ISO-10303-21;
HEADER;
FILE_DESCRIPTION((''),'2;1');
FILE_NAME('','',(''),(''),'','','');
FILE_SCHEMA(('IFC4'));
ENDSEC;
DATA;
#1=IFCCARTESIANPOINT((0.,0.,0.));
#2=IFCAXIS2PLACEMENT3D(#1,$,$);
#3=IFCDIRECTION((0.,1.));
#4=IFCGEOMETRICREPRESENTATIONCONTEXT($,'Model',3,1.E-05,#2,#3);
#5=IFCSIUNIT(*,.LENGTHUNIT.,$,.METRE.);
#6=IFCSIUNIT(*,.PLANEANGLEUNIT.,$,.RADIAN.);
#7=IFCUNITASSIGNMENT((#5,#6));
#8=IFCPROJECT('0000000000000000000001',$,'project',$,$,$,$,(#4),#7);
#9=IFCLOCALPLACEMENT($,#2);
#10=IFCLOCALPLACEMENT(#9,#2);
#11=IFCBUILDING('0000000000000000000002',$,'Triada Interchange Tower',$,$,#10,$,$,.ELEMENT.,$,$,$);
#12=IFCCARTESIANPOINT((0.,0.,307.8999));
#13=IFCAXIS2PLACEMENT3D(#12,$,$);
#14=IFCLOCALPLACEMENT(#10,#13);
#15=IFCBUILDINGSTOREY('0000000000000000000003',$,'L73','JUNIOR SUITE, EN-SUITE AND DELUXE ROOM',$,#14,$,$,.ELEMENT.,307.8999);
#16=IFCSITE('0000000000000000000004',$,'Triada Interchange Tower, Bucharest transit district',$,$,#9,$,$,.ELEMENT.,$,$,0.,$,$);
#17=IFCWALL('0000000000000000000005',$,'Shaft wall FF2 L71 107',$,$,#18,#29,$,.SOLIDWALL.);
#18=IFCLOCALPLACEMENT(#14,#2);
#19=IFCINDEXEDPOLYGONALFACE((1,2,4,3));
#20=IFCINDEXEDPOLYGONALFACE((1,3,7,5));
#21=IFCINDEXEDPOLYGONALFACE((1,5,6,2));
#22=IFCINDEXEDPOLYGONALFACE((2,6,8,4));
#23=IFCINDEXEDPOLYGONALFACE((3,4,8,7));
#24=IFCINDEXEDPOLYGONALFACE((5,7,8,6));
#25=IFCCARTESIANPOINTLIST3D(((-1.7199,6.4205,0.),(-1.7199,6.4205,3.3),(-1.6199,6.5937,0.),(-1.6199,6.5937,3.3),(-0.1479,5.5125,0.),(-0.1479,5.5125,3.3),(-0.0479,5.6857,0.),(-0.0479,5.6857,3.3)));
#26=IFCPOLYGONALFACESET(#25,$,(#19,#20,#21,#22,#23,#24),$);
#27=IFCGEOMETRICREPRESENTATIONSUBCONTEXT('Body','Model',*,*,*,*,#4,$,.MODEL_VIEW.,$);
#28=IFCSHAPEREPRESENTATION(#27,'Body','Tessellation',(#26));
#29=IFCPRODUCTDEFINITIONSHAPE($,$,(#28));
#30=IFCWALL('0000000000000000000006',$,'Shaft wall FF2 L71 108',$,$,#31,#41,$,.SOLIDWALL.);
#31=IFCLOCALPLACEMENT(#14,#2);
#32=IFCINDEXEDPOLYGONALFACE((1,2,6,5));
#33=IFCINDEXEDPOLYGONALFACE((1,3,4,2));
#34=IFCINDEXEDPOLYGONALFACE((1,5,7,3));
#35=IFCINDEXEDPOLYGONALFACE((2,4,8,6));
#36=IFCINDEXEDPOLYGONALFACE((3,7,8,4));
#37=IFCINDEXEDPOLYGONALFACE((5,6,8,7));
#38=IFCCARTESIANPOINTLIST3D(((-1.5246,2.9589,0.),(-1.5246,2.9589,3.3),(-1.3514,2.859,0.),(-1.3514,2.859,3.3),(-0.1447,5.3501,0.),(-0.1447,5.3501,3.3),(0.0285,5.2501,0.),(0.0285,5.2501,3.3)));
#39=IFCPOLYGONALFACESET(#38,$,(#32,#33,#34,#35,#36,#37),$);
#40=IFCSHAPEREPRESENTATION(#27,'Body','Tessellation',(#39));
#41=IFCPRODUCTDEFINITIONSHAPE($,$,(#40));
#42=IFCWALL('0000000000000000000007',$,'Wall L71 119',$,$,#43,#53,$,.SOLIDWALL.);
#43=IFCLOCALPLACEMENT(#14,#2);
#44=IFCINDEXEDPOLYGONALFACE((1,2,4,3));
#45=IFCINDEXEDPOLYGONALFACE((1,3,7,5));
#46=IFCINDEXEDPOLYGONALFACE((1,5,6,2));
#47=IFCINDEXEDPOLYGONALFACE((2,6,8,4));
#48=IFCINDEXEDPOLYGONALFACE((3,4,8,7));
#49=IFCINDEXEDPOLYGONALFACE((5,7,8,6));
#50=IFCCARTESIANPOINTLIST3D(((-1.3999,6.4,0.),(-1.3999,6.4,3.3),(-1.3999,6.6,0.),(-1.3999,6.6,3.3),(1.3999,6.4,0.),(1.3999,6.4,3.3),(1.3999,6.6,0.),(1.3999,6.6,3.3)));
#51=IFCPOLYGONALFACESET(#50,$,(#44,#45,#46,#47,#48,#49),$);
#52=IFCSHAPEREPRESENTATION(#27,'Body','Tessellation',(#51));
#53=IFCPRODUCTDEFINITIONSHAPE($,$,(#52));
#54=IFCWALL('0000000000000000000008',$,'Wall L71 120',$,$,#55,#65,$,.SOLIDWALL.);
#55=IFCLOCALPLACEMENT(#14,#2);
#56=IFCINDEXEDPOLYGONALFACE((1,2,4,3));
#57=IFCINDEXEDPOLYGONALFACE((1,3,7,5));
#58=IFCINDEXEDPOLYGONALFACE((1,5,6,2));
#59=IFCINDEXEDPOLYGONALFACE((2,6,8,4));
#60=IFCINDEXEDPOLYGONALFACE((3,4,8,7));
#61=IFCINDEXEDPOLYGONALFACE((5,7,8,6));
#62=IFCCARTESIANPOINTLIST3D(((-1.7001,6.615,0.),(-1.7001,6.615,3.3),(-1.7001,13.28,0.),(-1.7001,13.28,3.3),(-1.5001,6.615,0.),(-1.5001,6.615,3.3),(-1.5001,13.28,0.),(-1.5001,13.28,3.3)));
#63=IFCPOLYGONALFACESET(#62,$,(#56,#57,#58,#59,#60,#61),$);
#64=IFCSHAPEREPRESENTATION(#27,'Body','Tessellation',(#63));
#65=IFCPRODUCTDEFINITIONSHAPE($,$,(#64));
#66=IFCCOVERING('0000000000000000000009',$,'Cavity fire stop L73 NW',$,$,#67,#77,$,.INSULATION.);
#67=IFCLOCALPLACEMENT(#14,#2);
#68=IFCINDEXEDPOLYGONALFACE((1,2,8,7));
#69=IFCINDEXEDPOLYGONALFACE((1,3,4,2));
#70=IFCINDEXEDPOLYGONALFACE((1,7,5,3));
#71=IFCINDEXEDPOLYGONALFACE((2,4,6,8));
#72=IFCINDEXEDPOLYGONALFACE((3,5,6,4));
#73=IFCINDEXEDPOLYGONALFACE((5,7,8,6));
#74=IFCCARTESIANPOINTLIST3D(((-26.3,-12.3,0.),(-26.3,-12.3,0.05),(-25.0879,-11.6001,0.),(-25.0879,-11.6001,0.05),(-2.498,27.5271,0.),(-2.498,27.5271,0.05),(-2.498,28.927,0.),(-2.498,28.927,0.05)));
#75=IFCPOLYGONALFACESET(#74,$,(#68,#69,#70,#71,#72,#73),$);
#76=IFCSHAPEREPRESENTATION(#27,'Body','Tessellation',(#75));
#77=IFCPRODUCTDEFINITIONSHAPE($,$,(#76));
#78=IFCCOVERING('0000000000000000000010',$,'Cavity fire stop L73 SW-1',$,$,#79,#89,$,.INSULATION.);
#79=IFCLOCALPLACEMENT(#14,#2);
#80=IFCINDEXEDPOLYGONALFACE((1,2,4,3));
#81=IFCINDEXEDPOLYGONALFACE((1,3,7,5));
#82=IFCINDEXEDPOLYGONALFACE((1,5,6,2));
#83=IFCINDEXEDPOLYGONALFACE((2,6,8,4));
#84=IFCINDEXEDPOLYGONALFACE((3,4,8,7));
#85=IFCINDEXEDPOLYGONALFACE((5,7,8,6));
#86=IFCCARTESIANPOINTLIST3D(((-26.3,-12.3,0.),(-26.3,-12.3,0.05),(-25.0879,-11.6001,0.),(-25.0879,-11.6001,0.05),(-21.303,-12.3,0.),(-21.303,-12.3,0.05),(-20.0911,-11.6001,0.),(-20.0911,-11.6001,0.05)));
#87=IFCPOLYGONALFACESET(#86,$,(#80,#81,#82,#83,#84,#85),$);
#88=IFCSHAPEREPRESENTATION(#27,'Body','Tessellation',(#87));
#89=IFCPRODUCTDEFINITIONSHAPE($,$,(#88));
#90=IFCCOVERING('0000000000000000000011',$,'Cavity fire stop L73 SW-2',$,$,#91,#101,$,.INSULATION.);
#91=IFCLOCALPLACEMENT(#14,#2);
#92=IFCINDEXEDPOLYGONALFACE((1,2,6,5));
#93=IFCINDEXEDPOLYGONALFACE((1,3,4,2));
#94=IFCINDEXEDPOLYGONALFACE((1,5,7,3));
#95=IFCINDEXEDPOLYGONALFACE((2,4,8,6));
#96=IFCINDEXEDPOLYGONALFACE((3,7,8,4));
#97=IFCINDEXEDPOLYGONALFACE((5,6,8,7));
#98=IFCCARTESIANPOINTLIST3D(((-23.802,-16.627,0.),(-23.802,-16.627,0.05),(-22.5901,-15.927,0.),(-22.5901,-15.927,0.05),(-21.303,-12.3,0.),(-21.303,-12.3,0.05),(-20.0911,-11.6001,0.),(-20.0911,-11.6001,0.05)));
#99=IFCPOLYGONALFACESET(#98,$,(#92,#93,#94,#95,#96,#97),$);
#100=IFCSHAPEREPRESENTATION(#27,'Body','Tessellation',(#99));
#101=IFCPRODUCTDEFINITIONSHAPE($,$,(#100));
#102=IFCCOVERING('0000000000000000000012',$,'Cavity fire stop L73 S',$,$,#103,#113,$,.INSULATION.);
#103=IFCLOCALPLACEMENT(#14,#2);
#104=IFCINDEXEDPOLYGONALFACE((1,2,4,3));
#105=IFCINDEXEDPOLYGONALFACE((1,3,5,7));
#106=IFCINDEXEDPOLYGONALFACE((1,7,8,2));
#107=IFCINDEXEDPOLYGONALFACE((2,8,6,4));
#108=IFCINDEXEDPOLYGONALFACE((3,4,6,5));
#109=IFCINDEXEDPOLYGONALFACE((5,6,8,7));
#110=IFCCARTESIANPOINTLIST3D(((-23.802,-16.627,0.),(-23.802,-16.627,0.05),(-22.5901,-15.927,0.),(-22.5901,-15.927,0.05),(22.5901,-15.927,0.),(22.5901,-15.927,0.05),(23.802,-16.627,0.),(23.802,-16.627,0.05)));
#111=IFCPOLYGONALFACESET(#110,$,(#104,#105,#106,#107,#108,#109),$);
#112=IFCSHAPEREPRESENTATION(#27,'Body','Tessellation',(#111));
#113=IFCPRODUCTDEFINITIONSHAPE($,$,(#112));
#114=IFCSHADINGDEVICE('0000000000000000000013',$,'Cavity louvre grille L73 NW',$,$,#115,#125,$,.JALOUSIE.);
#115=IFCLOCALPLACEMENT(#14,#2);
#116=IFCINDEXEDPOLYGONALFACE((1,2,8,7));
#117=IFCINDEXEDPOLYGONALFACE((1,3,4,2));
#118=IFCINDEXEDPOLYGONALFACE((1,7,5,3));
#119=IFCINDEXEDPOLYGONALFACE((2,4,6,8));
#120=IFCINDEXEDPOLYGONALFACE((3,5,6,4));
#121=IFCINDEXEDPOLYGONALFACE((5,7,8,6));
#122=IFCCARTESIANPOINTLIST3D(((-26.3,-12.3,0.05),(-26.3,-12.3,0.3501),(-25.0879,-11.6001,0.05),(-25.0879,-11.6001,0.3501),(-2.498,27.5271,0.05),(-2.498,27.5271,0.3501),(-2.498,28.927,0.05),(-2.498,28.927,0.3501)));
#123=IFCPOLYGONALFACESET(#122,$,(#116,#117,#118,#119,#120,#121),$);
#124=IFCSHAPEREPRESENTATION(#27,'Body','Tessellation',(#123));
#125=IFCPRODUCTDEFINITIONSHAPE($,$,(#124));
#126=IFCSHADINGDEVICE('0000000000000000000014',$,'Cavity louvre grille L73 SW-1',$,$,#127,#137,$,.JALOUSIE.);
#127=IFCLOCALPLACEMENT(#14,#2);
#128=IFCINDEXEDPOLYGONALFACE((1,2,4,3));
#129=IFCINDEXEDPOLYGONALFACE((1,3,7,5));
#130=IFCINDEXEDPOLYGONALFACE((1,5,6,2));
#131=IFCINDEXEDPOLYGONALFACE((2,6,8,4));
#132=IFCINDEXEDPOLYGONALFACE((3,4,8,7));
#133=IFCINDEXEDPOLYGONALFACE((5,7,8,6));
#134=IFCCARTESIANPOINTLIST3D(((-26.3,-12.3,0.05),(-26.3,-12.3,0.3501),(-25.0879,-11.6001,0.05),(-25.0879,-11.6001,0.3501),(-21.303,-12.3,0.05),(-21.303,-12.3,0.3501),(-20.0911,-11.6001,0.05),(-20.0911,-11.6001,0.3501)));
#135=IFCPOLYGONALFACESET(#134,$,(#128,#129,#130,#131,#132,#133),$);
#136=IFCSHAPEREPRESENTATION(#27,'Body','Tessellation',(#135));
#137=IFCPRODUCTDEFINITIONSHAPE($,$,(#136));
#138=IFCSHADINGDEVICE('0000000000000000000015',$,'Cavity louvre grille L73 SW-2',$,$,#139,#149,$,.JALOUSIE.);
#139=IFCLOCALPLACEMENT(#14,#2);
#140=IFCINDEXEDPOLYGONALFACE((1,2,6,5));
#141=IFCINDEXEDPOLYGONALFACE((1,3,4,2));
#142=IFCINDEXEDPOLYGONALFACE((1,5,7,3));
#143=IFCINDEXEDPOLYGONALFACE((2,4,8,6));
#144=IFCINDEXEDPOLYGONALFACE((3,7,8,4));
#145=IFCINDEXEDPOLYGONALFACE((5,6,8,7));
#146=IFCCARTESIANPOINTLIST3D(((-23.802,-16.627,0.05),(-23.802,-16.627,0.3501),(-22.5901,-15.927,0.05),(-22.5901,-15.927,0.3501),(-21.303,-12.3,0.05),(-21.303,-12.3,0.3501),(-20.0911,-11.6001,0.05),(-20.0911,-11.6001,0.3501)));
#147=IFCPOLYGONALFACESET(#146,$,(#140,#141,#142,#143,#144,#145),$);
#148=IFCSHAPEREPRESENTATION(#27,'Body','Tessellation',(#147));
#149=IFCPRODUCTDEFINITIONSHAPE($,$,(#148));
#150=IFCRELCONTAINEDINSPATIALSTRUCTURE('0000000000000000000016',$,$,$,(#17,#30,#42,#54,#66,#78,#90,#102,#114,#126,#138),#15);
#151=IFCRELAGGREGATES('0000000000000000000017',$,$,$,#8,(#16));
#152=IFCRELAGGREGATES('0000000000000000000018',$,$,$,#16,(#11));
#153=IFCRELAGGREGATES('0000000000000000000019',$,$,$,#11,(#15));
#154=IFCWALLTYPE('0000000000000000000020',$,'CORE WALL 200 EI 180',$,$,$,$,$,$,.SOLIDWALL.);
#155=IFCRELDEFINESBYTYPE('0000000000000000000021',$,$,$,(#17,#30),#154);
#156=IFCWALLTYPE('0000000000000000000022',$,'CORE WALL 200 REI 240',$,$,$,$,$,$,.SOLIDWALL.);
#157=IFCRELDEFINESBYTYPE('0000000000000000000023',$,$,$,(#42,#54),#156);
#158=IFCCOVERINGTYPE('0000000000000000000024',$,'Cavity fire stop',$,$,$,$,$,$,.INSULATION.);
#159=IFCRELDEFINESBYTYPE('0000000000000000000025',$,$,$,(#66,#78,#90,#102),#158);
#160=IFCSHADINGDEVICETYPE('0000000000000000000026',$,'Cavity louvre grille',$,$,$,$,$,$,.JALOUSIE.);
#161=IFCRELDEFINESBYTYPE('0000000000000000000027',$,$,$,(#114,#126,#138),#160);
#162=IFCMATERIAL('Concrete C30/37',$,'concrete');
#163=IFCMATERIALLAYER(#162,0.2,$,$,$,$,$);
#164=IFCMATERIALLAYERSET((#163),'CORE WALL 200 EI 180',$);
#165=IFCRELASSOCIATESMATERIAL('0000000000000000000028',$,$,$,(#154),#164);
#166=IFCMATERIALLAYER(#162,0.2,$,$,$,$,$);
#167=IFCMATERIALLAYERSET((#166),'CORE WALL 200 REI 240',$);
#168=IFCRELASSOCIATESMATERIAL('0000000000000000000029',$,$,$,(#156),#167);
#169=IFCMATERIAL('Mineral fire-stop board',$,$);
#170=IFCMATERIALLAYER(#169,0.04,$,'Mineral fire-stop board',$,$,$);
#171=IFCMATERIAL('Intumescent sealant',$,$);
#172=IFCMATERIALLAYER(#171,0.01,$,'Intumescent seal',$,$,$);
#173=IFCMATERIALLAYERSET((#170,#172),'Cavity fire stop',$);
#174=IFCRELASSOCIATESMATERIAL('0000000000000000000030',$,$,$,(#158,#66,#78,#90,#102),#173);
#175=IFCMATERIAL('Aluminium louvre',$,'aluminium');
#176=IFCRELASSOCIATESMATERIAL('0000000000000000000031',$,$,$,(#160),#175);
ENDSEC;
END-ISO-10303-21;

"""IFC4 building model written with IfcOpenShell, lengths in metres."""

from ifc_helpers import new_model, si_unit, direction, frame, frame_2d, origin, place, context, subcontext, project, spatial, polyline, rectangle, outline, extrude, material, layer, layer_set, layer_usage, type_object, element, save


model = new_model("IFC4")

# Units and contexts
model_context = context("Model", 3, precision=1e-05, world=origin(), true_north=direction((0.0, 1.0)))
body_context = subcontext(model_context, "Body", "Model", "MODEL_VIEW")
ifc_project = project(units=[si_unit("LENGTHUNIT", "METRE"), si_unit("PLANEANGLEUNIT", "RADIAN")], contexts=[model_context])

# Site, building, storey
site_placement = place(None, origin())
site = spatial("IfcSite", under=ifc_project, at=site_placement, Name="Triada Interchange Tower, Bucharest transit district", CompositionType="ELEMENT", RefElevation=0.0)
building_placement = place(site_placement, origin())
building = spatial("IfcBuilding", under=site, at=building_placement, Name="Triada Interchange Tower", CompositionType="ELEMENT")
storey_placement = place(building_placement, frame((0.0, 0.0, 307.8999)))
storey = spatial("IfcBuildingStorey", under=building, at=storey_placement, Name="L73", Description="JUNIOR SUITE, EN-SUITE AND DELUXE ROOM", CompositionType="ELEMENT", Elevation=307.8999)

# Shared definitions
ifc_material_1 = material(Name="Concrete C30/37", Category="concrete")
ifc_layer_1 = layer(ifc_material_1, 0.2)
ifc_layer_set_1 = layer_set([ifc_layer_1], Name="CORE WALL 200 EI 180")
wall_type_1 = type_object("IfcWallType", Name="CORE WALL 200 EI 180", PredefinedType="SOLIDWALL", material=ifc_layer_set_1)

# Walls
wall_1_placement = place(storey_placement, frame((-1.6699, 6.5071, 0.0), z_axis=(0.0, 0.0, 1.0), x_axis=(0.865941, -0.500145, 0.0)))
element("IfcWall", 1, at=wall_1_placement, inside=storey, type_object=wall_type_1, Name="Shaft wall FF2 L71 107", PredefinedType="SOLIDWALL", context=body_context, shape_type="SweptSolid", body=[
    extrude(rectangle(XDim=1.8154, YDim=0.2, at=frame_2d((0.9077, 0.0))), origin(), (0.0, 0.0, 1.0), 3.3),
])
wall_2_placement = place(storey_placement, frame((-1.438, 2.9089, 0.0), z_axis=(0.0, 0.0, 1.0), x_axis=(0.49983, 0.866124, 0.0)))
element("IfcWall", 2, at=wall_2_placement, inside=storey, type_object=wall_type_1, Name="Shaft wall FF2 L71 108", PredefinedType="SOLIDWALL", context=body_context, shape_type="SweptSolid", body=[
    extrude(rectangle(XDim=2.7607, YDim=0.2, at=frame_2d((1.3804, 0.0))), origin(), (0.0, 0.0, 1.0), 3.3),
])
ifc_layer_2 = layer(ifc_material_1, 0.2)
ifc_layer_set_2 = layer_set([ifc_layer_2], Name="CORE WALL 200 REI 240")
wall_type_2 = type_object("IfcWallType", Name="CORE WALL 200 REI 240", PredefinedType="SOLIDWALL", material=ifc_layer_set_2)
wall_3_placement = place(storey_placement, frame((-1.3999, 6.5, 0.0), z_axis=(0.0, 0.0, 1.0), x_axis=(1.0, 0.0, 0.0)))
element("IfcWall", 3, at=wall_3_placement, inside=storey, type_object=wall_type_2, Name="Wall L71 119", PredefinedType="SOLIDWALL", context=body_context, shape_type="SweptSolid", body=[
    extrude(rectangle(XDim=2.7998, YDim=0.2, at=frame_2d((1.3999, 0.0))), origin(), (0.0, 0.0, 1.0), 3.3),
])
wall_4_placement = place(storey_placement, frame((-1.6001, 6.615, 0.0), z_axis=(0.0, 0.0, 1.0), x_axis=(0.0, 1.0, 0.0)))
element("IfcWall", 4, at=wall_4_placement, inside=storey, type_object=wall_type_2, Name="Wall L71 120", PredefinedType="SOLIDWALL", context=body_context, shape_type="SweptSolid", body=[
    extrude(rectangle(XDim=6.665, YDim=0.2, at=frame_2d((3.3325, 0.0))), origin(), (0.0, 0.0, 1.0), 3.3),
])

# Coverings
ifc_material_2 = material(Name="Mineral fire-stop board")
ifc_layer_3 = layer(ifc_material_2, 0.04, Name="Mineral fire-stop board")
ifc_material_3 = material(Name="Intumescent sealant")
ifc_layer_4 = layer(ifc_material_3, 0.01, Name="Intumescent seal")
ifc_layer_set_3 = layer_set([ifc_layer_3, ifc_layer_4], Name="Cavity fire stop")
ifc_layer_usage = layer_usage(ifc_layer_set_3, "AXIS3", "POSITIVE", 0.0)
covering_type = type_object("IfcCoveringType", Name="Cavity fire stop", PredefinedType="INSULATION", material=ifc_layer_set_3)
covering_1_placement = place(storey_placement, origin())
element("IfcCovering", 5, at=covering_1_placement, inside=storey, type_object=covering_type, material=ifc_layer_usage, Name="Cavity fire stop L73 NW", PredefinedType="INSULATION", context=body_context, shape_type="SweptSolid", body=[
    extrude(outline(polyline([(-2.498, 27.5271), (-2.498, 28.927), (-26.3, -12.3), (-25.0879, -11.6001), (-2.498, 27.5271)])), origin(), (0.0, 0.0, 1.0), 0.05),
])
covering_2_placement = place(storey_placement, origin())
element("IfcCovering", 6, at=covering_2_placement, inside=storey, type_object=covering_type, material=ifc_layer_usage, Name="Cavity fire stop L73 SW-1", PredefinedType="INSULATION", context=body_context, shape_type="SweptSolid", body=[
    extrude(outline(polyline([(-25.0879, -11.6001), (-26.3, -12.3), (-21.303, -12.3), (-20.0911, -11.6001), (-25.0879, -11.6001)])), origin(), (0.0, 0.0, 1.0), 0.05),
])
covering_3_placement = place(storey_placement, origin())
element("IfcCovering", 7, at=covering_3_placement, inside=storey, type_object=covering_type, material=ifc_layer_usage, Name="Cavity fire stop L73 SW-2", PredefinedType="INSULATION", context=body_context, shape_type="SweptSolid", body=[
    extrude(outline(polyline([(-20.0911, -11.6001), (-21.303, -12.3), (-23.802, -16.627), (-22.5901, -15.927), (-20.0911, -11.6001)])), origin(), (0.0, 0.0, 1.0), 0.05),
])
covering_4_placement = place(storey_placement, origin())
element("IfcCovering", 8, at=covering_4_placement, inside=storey, type_object=covering_type, material=ifc_layer_usage, Name="Cavity fire stop L73 S", PredefinedType="INSULATION", context=body_context, shape_type="SweptSolid", body=[
    extrude(outline(polyline([(-22.5901, -15.927), (-23.802, -16.627), (23.802, -16.627), (22.5901, -15.927), (-22.5901, -15.927)])), origin(), (0.0, 0.0, 1.0), 0.05),
])

# Shading devices
ifc_material_4 = material(Name="Aluminium louvre", Category="aluminium")
shading_device_type = type_object("IfcShadingDeviceType", Name="Cavity louvre grille", PredefinedType="JALOUSIE", material=ifc_material_4)
shading_device_1_placement = place(storey_placement, frame((0.0, 0.0, 0.05)))
element("IfcShadingDevice", 9, at=shading_device_1_placement, inside=storey, type_object=shading_device_type, Name="Cavity louvre grille L73 NW", PredefinedType="JALOUSIE", context=body_context, shape_type="SweptSolid", body=[
    extrude(outline(polyline([(-2.498, 27.5271), (-2.498, 28.927), (-26.3, -12.3), (-25.0879, -11.6001), (-2.498, 27.5271)])), origin(), (0.0, 0.0, 1.0), 0.3),
])
shading_device_2_placement = place(storey_placement, frame((0.0, 0.0, 0.05)))
element("IfcShadingDevice", 10, at=shading_device_2_placement, inside=storey, type_object=shading_device_type, Name="Cavity louvre grille L73 SW-1", PredefinedType="JALOUSIE", context=body_context, shape_type="SweptSolid", body=[
    extrude(outline(polyline([(-25.0879, -11.6001), (-26.3, -12.3), (-21.303, -12.3), (-20.0911, -11.6001), (-25.0879, -11.6001)])), origin(), (0.0, 0.0, 1.0), 0.3),
])
shading_device_3_placement = place(storey_placement, frame((0.0, 0.0, 0.05)))
element("IfcShadingDevice", 11, at=shading_device_3_placement, inside=storey, type_object=shading_device_type, Name="Cavity louvre grille L73 SW-2", PredefinedType="JALOUSIE", context=body_context, shape_type="SweptSolid", body=[
    extrude(outline(polyline([(-20.0911, -11.6001), (-21.303, -12.3), (-23.802, -16.627), (-22.5901, -15.927), (-20.0911, -11.6001)])), origin(), (0.0, 0.0, 1.0), 0.3),
])

save(model, "model.ifc")
